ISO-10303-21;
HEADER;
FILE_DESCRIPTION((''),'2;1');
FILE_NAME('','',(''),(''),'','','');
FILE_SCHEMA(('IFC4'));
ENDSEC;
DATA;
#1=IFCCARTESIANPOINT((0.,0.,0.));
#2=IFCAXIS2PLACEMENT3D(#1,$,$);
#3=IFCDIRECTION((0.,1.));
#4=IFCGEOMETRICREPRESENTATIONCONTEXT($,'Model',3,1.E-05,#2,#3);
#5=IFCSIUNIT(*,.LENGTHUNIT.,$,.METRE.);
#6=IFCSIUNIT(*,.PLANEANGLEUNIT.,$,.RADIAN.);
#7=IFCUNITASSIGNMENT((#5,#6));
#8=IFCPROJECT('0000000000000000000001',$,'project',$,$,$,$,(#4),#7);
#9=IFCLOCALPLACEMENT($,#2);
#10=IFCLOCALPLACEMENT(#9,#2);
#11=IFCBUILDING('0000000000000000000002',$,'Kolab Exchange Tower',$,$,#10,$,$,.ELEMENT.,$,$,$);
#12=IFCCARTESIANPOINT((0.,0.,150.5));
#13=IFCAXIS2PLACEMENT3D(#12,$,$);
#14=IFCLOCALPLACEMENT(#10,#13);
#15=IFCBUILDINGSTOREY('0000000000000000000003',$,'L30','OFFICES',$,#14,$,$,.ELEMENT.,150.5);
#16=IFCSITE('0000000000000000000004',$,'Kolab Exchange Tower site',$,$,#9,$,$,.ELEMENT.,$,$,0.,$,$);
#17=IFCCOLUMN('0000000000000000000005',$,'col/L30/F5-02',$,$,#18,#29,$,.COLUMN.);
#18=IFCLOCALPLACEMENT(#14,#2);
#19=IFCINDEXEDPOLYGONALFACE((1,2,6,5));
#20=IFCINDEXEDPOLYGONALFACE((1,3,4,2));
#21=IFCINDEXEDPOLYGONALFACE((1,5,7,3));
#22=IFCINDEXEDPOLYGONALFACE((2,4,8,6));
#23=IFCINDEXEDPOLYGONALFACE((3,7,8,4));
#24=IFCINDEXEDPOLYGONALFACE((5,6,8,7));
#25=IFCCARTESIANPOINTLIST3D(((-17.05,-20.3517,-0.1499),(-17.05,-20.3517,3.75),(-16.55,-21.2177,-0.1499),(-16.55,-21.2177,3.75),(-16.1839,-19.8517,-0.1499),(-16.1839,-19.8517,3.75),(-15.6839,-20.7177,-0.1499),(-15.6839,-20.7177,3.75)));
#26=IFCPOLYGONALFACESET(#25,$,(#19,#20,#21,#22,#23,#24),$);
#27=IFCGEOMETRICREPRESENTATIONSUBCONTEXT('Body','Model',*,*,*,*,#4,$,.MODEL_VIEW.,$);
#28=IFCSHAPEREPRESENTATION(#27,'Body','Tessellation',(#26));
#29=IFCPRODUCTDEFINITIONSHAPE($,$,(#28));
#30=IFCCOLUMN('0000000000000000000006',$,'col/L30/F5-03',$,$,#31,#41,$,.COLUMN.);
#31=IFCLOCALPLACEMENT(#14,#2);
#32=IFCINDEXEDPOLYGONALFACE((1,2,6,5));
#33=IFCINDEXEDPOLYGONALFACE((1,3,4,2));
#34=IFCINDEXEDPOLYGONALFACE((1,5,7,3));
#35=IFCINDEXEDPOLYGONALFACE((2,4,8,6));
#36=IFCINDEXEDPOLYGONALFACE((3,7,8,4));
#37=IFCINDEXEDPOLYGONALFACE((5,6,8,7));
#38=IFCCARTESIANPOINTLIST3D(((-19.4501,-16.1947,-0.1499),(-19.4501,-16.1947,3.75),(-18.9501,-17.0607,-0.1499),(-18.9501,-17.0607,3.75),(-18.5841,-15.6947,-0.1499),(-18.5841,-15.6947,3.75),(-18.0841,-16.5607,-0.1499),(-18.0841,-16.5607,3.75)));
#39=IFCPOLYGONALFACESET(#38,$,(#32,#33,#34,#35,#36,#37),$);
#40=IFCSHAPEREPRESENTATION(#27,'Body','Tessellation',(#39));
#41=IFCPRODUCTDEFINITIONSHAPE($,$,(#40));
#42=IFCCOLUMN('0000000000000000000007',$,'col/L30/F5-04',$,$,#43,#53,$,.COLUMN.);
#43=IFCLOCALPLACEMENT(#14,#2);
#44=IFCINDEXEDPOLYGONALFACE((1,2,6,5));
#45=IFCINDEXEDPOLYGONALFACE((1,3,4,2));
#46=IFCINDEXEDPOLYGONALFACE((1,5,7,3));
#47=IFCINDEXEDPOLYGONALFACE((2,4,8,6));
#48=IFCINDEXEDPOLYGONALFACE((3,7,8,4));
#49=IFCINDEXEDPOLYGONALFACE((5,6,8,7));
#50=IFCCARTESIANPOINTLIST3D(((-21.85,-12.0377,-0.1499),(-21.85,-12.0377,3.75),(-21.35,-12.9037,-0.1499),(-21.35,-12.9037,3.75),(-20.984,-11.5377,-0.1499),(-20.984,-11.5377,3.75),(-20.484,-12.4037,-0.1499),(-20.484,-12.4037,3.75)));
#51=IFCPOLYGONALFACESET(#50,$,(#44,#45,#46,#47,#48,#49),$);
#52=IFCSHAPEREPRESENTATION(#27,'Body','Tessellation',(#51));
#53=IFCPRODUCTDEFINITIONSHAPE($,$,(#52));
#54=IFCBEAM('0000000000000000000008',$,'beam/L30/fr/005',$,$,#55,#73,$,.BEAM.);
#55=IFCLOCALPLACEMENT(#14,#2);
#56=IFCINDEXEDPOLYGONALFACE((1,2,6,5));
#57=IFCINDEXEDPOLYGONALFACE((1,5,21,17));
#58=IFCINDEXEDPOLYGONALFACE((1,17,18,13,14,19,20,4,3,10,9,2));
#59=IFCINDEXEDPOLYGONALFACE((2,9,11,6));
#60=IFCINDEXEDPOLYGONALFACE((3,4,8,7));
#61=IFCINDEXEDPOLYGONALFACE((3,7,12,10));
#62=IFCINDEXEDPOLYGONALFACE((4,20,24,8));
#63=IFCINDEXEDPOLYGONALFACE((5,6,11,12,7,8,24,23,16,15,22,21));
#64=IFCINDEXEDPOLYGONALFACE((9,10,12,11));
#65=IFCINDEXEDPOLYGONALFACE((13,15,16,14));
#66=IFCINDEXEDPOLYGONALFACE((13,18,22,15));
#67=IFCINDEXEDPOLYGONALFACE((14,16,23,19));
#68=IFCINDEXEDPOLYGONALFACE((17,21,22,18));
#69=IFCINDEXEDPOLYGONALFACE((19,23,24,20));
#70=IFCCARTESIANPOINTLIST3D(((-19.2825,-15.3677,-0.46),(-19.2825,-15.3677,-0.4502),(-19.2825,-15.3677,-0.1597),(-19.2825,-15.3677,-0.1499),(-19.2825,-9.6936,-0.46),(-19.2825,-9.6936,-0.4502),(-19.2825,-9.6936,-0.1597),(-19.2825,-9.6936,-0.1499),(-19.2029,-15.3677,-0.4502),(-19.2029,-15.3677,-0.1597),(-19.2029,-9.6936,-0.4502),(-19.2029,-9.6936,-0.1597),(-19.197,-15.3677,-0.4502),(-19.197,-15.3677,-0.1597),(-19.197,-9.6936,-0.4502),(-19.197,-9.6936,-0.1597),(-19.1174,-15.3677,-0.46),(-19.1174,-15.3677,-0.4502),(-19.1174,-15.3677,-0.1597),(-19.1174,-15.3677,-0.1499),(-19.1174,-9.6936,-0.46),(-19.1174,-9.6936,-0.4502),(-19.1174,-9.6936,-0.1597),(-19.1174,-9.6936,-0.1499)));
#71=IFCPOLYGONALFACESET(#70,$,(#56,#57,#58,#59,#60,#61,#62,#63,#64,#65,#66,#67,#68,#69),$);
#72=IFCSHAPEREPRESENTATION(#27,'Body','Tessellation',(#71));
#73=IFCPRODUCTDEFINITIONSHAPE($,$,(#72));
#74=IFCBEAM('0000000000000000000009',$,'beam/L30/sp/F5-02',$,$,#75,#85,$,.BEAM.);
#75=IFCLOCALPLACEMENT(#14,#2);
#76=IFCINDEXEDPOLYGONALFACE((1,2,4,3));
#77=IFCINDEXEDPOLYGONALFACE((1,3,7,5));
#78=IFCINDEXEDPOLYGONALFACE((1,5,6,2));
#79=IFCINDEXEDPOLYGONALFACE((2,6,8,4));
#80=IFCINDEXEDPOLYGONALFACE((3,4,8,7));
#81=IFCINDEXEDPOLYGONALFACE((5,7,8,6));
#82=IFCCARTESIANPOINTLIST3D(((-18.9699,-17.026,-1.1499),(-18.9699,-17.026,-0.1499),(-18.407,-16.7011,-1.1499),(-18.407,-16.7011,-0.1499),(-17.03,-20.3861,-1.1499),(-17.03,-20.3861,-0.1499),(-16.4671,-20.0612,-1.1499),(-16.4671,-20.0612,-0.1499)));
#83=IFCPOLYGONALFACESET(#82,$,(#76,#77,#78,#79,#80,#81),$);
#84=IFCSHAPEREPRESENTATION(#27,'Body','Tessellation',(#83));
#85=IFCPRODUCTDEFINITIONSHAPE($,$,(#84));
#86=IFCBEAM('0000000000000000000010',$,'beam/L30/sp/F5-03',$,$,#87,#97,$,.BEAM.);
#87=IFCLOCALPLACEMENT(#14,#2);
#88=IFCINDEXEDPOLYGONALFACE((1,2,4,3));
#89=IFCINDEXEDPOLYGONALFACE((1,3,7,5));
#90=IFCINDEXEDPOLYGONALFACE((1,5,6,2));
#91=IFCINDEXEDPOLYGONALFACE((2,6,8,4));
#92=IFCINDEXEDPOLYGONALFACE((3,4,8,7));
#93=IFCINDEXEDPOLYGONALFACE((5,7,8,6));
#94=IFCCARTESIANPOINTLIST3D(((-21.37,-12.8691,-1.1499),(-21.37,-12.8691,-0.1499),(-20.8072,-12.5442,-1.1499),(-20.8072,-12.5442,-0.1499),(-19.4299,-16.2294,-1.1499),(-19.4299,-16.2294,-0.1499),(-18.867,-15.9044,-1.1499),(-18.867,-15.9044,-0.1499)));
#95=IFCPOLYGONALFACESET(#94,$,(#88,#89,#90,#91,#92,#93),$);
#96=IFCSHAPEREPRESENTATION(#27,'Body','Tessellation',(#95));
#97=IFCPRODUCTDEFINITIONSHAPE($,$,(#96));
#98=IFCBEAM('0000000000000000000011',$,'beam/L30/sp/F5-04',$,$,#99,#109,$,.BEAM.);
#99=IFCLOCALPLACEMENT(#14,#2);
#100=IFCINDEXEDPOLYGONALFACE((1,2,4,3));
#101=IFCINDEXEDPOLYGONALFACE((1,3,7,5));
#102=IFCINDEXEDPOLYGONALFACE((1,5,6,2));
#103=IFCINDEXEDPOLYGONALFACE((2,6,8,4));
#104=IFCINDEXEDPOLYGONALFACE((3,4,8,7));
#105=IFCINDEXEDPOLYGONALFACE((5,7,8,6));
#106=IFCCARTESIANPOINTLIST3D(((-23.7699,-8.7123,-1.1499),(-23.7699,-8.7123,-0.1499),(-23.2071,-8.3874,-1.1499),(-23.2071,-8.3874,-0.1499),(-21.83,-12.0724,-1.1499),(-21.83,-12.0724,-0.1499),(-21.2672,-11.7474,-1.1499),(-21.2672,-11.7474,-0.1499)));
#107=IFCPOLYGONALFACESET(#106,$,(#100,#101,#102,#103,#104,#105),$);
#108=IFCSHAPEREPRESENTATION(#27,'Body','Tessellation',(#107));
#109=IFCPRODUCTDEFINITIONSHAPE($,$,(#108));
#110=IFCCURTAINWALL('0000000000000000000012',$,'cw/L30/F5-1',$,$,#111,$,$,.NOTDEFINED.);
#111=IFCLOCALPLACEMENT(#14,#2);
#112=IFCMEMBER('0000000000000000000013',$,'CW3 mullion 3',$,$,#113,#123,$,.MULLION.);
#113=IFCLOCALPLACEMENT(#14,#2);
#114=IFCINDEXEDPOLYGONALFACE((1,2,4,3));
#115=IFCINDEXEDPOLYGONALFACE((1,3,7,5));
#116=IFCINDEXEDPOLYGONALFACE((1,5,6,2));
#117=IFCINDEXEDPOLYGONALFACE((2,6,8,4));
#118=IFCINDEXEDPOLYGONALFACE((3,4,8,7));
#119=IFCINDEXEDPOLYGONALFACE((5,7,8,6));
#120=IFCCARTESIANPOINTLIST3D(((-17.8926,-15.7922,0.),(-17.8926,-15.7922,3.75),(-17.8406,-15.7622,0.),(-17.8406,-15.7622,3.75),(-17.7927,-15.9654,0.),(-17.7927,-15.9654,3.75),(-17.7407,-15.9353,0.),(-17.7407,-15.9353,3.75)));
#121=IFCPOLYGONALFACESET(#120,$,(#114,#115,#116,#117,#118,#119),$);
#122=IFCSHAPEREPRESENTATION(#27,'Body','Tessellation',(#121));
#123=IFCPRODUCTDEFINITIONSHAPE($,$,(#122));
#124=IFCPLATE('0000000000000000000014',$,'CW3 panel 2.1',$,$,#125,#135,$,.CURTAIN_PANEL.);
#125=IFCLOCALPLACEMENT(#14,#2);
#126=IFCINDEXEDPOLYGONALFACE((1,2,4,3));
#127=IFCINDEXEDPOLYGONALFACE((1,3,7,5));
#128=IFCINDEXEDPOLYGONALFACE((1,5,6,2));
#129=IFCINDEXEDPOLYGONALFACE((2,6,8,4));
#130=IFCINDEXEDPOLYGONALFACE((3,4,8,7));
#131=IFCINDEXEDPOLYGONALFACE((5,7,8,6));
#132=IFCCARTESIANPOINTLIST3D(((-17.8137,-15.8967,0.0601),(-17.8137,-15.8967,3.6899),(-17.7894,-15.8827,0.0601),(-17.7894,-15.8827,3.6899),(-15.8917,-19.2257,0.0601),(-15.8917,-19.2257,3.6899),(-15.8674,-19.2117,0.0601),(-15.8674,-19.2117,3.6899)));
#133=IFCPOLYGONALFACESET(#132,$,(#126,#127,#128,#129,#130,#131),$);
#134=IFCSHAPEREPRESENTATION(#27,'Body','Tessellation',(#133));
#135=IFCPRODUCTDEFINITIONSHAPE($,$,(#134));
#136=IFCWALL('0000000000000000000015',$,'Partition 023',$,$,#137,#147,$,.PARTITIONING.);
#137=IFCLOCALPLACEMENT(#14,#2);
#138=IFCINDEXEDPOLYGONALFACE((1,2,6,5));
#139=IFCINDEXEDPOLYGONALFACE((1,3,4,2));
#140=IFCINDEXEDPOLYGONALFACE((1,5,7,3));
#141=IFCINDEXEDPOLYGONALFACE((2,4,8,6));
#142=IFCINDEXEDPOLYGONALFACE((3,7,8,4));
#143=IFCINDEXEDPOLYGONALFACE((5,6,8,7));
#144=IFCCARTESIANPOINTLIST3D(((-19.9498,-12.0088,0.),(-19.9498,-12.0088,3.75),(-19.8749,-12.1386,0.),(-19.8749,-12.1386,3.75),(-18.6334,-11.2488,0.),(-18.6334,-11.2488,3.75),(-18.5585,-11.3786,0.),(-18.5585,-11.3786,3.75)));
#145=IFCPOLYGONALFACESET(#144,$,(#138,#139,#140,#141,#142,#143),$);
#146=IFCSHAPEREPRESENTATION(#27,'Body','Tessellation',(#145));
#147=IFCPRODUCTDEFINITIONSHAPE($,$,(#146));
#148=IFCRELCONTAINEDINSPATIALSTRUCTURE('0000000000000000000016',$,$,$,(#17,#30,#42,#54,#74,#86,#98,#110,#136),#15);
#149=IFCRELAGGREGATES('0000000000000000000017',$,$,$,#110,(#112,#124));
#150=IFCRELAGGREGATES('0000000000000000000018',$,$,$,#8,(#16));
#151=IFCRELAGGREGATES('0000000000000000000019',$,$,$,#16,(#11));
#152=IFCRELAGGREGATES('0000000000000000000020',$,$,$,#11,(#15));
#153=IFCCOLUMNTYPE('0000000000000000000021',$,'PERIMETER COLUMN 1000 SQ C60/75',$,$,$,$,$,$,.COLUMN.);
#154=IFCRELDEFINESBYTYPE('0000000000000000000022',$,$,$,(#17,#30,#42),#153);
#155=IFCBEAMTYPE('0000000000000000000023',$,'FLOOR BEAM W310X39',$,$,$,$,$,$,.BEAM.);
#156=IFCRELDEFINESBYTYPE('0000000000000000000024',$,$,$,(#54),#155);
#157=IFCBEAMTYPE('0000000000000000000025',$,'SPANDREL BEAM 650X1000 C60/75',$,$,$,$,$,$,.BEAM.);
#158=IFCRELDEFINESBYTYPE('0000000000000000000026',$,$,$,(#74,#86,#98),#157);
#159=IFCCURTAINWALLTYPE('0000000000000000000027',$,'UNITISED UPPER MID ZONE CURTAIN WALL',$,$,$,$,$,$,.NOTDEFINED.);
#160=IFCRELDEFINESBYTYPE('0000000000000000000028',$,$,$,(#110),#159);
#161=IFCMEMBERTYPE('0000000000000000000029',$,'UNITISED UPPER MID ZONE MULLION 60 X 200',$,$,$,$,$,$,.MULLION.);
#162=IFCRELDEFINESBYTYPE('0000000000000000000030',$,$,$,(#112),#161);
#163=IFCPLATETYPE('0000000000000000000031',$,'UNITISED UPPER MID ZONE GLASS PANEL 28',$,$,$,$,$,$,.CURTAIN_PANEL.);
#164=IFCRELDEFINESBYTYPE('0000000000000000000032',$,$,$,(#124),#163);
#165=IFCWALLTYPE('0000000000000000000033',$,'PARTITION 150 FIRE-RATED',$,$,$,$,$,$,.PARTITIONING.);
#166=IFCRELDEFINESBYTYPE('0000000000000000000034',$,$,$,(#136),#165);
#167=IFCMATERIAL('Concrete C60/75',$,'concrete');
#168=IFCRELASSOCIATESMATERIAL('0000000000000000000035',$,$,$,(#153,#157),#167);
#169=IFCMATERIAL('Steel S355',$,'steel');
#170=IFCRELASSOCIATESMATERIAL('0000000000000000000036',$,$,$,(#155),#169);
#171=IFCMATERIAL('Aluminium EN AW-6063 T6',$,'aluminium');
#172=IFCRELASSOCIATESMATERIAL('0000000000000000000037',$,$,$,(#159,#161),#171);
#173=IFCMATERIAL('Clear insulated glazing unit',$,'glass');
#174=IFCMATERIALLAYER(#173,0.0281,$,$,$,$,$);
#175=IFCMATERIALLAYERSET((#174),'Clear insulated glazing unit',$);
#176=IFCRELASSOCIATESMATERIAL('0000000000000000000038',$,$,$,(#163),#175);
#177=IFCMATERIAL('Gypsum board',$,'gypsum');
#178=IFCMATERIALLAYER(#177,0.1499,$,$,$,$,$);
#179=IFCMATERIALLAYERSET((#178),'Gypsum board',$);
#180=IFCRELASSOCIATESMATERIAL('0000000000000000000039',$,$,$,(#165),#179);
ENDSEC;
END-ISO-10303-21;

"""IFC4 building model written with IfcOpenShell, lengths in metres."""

from ifc_helpers import new_model, si_unit, direction, frame, frame_2d, origin, origin_2d, place, context, subcontext, project, spatial, rectangle, i_section, extrude, material, layer, layer_set, material_profile, profile_set, type_object, element, aggregate, save


model = new_model("IFC4")

# Units and contexts
model_context = context("Model", 3, precision=1e-05, world=origin(), true_north=direction((0.0, 1.0)))
body_context = subcontext(model_context, "Body", "Model", "MODEL_VIEW")
ifc_project = project(units=[si_unit("LENGTHUNIT", "METRE"), si_unit("PLANEANGLEUNIT", "RADIAN")], contexts=[model_context])

# Site, building, storey
site_placement = place(None, origin())
site = spatial("IfcSite", under=ifc_project, at=site_placement, Name="Kolab Exchange Tower site", CompositionType="ELEMENT", RefElevation=0.0)
building_placement = place(site_placement, origin())
building = spatial("IfcBuilding", under=site, at=building_placement, Name="Kolab Exchange Tower", CompositionType="ELEMENT")
storey_placement = place(building_placement, frame((0.0, 0.0, 150.5)))
storey = spatial("IfcBuildingStorey", under=building, at=storey_placement, Name="L30", Description="OFFICES", CompositionType="ELEMENT", Elevation=150.5)

# Columns
ifc_material_1 = material(Name="Concrete C60/75", Category="concrete")
ifc_material_profile_1 = material_profile(ifc_material_1, rectangle(XDim=1.0, YDim=1.0, at=origin_2d()), Name="RC1000")
ifc_profile_set_1 = profile_set([ifc_material_profile_1], Name="Concrete C60/75")
column_type = type_object("IfcColumnType", Name="PERIMETER COLUMN 1000 SQ C60/75", PredefinedType="COLUMN", material=ifc_profile_set_1)
for number, where, z_axis, x_axis, name in (
    (1, (-16.3669, -20.5347, -0.1499), (0.0, 0.0, 1.0), (0.866025, 0.5, 0.0), "col/L30/F5-02"),
    (2, (-18.7671, -16.3777, -0.1499), (0.0, 0.0, 1.0), (0.866025, 0.5, 0.0), "col/L30/F5-03"),
    (3, (-21.167, -12.2207, -0.1499), (0.0, 0.0, 1.0), (0.866025, 0.5, 0.0), "col/L30/F5-04"),
):
    element("IfcColumn", number, at=place(storey_placement, frame(where, z_axis=z_axis, x_axis=x_axis)), inside=storey, type_object=column_type, Name=name, PredefinedType="COLUMN", context=body_context, shape_type="SweptSolid", body=[
        extrude(rectangle(XDim=1.0, YDim=1.0, at=origin_2d()), origin(), (0.0, 0.0, 1.0), 3.8999),
    ])

# Beams
ifc_material_2 = material(Name="Steel S355", Category="steel")
ifc_material_profile_2 = material_profile(ifc_material_2, i_section(OverallWidth=0.165, OverallDepth=0.3101, WebThickness=0.0059, FlangeThickness=0.0098, at=origin_2d()), Name="W310X39")
ifc_profile_set_2 = profile_set([ifc_material_profile_2], Name="Steel S355")
beam_type_1 = type_object("IfcBeamType", Name="FLOOR BEAM W310X39", PredefinedType="BEAM", material=ifc_profile_set_2)
beam_1_placement = place(storey_placement, frame((-19.2, -15.3677, -0.3049), z_axis=(0.0, 1.0, 0.0), x_axis=(-1.0, 0.0, 0.0)))
element("IfcBeam", 4, at=beam_1_placement, inside=storey, type_object=beam_type_1, Name="beam/L30/fr/005", PredefinedType="BEAM", context=body_context, shape_type="SweptSolid", body=[
    extrude(i_section(OverallWidth=0.165, OverallDepth=0.3101, WebThickness=0.0059, FlangeThickness=0.0098, at=origin_2d()), origin(), (0.0, 0.0, 1.0), 5.6741),
])
ifc_material_profile_3 = material_profile(ifc_material_1, rectangle(XDim=0.6499, YDim=1.0, at=origin_2d()), Name="RC650X1000")
ifc_profile_set_3 = profile_set([ifc_material_profile_3], Name="Concrete C60/75")
beam_type_2 = type_object("IfcBeamType", Name="SPANDREL BEAM 650X1000 C60/75", PredefinedType="BEAM", material=ifc_profile_set_3)
beam_2_placement = place(storey_placement, frame((-16.7485, -20.2236, -0.6499), z_axis=(-0.499997, 0.866027, 0.0), x_axis=(-0.866027, -0.499997, 0.0)))
element("IfcBeam", 5, at=beam_2_placement, inside=storey, type_object=beam_type_2, Name="beam/L30/sp/F5-02", PredefinedType="BEAM", context=body_context, shape_type="SweptSolid", body=[
    extrude(rectangle(XDim=0.6499, YDim=1.0, at=origin_2d()), origin(), (0.0, 0.0, 1.0), 3.8799),
])
beam_3_placement = place(storey_placement, frame((-19.1484, -16.0669, -0.6499), z_axis=(-0.500017, 0.866016, 0.0), x_axis=(-0.866016, -0.500017, 0.0)))
element("IfcBeam", 6, at=beam_3_placement, inside=storey, type_object=beam_type_2, Name="beam/L30/sp/F5-03", PredefinedType="BEAM", context=body_context, shape_type="SweptSolid", body=[
    extrude(rectangle(XDim=0.6499, YDim=1.0, at=origin_2d()), origin(), (0.0, 0.0, 1.0), 3.8801),
])
beam_4_placement = place(storey_placement, frame((-21.5486, -11.9099, -0.6499), z_axis=(-0.499997, 0.866027, 0.0), x_axis=(-0.866027, -0.499997, 0.0)))
element("IfcBeam", 7, at=beam_4_placement, inside=storey, type_object=beam_type_2, Name="beam/L30/sp/F5-04", PredefinedType="BEAM", context=body_context, shape_type="SweptSolid", body=[
    extrude(rectangle(XDim=0.6499, YDim=1.0, at=origin_2d()), origin(), (0.0, 0.0, 1.0), 3.8799),
])

# Curtain wall, member, plate
ifc_material_3 = material(Name="Aluminium EN AW-6063 T6", Category="aluminium")
curtain_wall_type = type_object("IfcCurtainWallType", Name="UNITISED UPPER MID ZONE CURTAIN WALL", PredefinedType="NOTDEFINED", material=ifc_material_3)
curtain_wall_placement = place(storey_placement, origin())
curtain_wall = element("IfcCurtainWall", 8, at=curtain_wall_placement, inside=storey, type_object=curtain_wall_type, Name="cw/L30/F5-1", PredefinedType="NOTDEFINED")
ifc_material_profile_4 = material_profile(ifc_material_3, rectangle(XDim=0.0601, YDim=0.2, at=origin_2d()), Name="RECT 60X200")
ifc_profile_set_4 = profile_set([ifc_material_profile_4], Name="Aluminium EN AW-6063 T6")
member_type = type_object("IfcMemberType", Name="UNITISED UPPER MID ZONE MULLION 60 X 200", PredefinedType="MULLION", material=ifc_profile_set_4)
member_placement = place(storey_placement, frame((-17.8167, -15.8638, 0.0), z_axis=(0.0, 0.0, 1.0), x_axis=(-0.866025, -0.5, 0.0)))
member = element("IfcMember", 9, at=member_placement, type_object=member_type, Name="CW3 mullion 3", PredefinedType="MULLION", context=body_context, shape_type="SweptSolid", body=[
    extrude(rectangle(XDim=0.0601, YDim=0.2, at=origin_2d()), origin(), (0.0, 0.0, 1.0), 3.75),
])
ifc_material_4 = material(Name="Clear insulated glazing unit", Category="glass")
ifc_layer_1 = layer(ifc_material_4, 0.0281)
ifc_layer_set_1 = layer_set([ifc_layer_1], Name="Clear insulated glazing unit")
plate_type = type_object("IfcPlateType", Name="UNITISED UPPER MID ZONE GLASS PANEL 28", PredefinedType="CURTAIN_PANEL", material=ifc_layer_set_1)
plate_placement = place(storey_placement, frame((-16.8406, -17.5542, 0.0601), z_axis=(0.0, 0.0, 1.0), x_axis=(-0.5, 0.866025, 0.0)))
plate = element("IfcPlate", 10, at=plate_placement, type_object=plate_type, Name="CW3 panel 2.1", PredefinedType="CURTAIN_PANEL", context=body_context, shape_type="SweptSolid", body=[
    extrude(rectangle(XDim=3.844, YDim=0.0281, at=origin_2d()), origin(), (0.0, 0.0, 1.0), 3.6299),
])
aggregate(curtain_wall, [member, plate])

# Wall
ifc_material_5 = material(Name="Gypsum board", Category="gypsum")
ifc_layer_2 = layer(ifc_material_5, 0.1499)
ifc_layer_set_2 = layer_set([ifc_layer_2], Name="Gypsum board")
wall_type_1 = type_object("IfcWallType", Name="PARTITION 150 FIRE-RATED", PredefinedType="PARTITIONING", material=ifc_layer_set_2)
wall_1_placement = place(storey_placement, frame((-19.9124, -12.0737, 0.0), z_axis=(0.0, 0.0, 1.0), x_axis=(0.86603, 0.499991, 0.0)))
element("IfcWall", 11, at=wall_1_placement, inside=storey, type_object=wall_type_1, Name="Partition 023", PredefinedType="PARTITIONING", context=body_context, shape_type="SweptSolid", body=[
    extrude(rectangle(XDim=1.52, YDim=0.1499, at=frame_2d((0.76, 0.0))), origin(), (0.0, 0.0, 1.0), 3.75),
])

save(model, "model.ifc")
